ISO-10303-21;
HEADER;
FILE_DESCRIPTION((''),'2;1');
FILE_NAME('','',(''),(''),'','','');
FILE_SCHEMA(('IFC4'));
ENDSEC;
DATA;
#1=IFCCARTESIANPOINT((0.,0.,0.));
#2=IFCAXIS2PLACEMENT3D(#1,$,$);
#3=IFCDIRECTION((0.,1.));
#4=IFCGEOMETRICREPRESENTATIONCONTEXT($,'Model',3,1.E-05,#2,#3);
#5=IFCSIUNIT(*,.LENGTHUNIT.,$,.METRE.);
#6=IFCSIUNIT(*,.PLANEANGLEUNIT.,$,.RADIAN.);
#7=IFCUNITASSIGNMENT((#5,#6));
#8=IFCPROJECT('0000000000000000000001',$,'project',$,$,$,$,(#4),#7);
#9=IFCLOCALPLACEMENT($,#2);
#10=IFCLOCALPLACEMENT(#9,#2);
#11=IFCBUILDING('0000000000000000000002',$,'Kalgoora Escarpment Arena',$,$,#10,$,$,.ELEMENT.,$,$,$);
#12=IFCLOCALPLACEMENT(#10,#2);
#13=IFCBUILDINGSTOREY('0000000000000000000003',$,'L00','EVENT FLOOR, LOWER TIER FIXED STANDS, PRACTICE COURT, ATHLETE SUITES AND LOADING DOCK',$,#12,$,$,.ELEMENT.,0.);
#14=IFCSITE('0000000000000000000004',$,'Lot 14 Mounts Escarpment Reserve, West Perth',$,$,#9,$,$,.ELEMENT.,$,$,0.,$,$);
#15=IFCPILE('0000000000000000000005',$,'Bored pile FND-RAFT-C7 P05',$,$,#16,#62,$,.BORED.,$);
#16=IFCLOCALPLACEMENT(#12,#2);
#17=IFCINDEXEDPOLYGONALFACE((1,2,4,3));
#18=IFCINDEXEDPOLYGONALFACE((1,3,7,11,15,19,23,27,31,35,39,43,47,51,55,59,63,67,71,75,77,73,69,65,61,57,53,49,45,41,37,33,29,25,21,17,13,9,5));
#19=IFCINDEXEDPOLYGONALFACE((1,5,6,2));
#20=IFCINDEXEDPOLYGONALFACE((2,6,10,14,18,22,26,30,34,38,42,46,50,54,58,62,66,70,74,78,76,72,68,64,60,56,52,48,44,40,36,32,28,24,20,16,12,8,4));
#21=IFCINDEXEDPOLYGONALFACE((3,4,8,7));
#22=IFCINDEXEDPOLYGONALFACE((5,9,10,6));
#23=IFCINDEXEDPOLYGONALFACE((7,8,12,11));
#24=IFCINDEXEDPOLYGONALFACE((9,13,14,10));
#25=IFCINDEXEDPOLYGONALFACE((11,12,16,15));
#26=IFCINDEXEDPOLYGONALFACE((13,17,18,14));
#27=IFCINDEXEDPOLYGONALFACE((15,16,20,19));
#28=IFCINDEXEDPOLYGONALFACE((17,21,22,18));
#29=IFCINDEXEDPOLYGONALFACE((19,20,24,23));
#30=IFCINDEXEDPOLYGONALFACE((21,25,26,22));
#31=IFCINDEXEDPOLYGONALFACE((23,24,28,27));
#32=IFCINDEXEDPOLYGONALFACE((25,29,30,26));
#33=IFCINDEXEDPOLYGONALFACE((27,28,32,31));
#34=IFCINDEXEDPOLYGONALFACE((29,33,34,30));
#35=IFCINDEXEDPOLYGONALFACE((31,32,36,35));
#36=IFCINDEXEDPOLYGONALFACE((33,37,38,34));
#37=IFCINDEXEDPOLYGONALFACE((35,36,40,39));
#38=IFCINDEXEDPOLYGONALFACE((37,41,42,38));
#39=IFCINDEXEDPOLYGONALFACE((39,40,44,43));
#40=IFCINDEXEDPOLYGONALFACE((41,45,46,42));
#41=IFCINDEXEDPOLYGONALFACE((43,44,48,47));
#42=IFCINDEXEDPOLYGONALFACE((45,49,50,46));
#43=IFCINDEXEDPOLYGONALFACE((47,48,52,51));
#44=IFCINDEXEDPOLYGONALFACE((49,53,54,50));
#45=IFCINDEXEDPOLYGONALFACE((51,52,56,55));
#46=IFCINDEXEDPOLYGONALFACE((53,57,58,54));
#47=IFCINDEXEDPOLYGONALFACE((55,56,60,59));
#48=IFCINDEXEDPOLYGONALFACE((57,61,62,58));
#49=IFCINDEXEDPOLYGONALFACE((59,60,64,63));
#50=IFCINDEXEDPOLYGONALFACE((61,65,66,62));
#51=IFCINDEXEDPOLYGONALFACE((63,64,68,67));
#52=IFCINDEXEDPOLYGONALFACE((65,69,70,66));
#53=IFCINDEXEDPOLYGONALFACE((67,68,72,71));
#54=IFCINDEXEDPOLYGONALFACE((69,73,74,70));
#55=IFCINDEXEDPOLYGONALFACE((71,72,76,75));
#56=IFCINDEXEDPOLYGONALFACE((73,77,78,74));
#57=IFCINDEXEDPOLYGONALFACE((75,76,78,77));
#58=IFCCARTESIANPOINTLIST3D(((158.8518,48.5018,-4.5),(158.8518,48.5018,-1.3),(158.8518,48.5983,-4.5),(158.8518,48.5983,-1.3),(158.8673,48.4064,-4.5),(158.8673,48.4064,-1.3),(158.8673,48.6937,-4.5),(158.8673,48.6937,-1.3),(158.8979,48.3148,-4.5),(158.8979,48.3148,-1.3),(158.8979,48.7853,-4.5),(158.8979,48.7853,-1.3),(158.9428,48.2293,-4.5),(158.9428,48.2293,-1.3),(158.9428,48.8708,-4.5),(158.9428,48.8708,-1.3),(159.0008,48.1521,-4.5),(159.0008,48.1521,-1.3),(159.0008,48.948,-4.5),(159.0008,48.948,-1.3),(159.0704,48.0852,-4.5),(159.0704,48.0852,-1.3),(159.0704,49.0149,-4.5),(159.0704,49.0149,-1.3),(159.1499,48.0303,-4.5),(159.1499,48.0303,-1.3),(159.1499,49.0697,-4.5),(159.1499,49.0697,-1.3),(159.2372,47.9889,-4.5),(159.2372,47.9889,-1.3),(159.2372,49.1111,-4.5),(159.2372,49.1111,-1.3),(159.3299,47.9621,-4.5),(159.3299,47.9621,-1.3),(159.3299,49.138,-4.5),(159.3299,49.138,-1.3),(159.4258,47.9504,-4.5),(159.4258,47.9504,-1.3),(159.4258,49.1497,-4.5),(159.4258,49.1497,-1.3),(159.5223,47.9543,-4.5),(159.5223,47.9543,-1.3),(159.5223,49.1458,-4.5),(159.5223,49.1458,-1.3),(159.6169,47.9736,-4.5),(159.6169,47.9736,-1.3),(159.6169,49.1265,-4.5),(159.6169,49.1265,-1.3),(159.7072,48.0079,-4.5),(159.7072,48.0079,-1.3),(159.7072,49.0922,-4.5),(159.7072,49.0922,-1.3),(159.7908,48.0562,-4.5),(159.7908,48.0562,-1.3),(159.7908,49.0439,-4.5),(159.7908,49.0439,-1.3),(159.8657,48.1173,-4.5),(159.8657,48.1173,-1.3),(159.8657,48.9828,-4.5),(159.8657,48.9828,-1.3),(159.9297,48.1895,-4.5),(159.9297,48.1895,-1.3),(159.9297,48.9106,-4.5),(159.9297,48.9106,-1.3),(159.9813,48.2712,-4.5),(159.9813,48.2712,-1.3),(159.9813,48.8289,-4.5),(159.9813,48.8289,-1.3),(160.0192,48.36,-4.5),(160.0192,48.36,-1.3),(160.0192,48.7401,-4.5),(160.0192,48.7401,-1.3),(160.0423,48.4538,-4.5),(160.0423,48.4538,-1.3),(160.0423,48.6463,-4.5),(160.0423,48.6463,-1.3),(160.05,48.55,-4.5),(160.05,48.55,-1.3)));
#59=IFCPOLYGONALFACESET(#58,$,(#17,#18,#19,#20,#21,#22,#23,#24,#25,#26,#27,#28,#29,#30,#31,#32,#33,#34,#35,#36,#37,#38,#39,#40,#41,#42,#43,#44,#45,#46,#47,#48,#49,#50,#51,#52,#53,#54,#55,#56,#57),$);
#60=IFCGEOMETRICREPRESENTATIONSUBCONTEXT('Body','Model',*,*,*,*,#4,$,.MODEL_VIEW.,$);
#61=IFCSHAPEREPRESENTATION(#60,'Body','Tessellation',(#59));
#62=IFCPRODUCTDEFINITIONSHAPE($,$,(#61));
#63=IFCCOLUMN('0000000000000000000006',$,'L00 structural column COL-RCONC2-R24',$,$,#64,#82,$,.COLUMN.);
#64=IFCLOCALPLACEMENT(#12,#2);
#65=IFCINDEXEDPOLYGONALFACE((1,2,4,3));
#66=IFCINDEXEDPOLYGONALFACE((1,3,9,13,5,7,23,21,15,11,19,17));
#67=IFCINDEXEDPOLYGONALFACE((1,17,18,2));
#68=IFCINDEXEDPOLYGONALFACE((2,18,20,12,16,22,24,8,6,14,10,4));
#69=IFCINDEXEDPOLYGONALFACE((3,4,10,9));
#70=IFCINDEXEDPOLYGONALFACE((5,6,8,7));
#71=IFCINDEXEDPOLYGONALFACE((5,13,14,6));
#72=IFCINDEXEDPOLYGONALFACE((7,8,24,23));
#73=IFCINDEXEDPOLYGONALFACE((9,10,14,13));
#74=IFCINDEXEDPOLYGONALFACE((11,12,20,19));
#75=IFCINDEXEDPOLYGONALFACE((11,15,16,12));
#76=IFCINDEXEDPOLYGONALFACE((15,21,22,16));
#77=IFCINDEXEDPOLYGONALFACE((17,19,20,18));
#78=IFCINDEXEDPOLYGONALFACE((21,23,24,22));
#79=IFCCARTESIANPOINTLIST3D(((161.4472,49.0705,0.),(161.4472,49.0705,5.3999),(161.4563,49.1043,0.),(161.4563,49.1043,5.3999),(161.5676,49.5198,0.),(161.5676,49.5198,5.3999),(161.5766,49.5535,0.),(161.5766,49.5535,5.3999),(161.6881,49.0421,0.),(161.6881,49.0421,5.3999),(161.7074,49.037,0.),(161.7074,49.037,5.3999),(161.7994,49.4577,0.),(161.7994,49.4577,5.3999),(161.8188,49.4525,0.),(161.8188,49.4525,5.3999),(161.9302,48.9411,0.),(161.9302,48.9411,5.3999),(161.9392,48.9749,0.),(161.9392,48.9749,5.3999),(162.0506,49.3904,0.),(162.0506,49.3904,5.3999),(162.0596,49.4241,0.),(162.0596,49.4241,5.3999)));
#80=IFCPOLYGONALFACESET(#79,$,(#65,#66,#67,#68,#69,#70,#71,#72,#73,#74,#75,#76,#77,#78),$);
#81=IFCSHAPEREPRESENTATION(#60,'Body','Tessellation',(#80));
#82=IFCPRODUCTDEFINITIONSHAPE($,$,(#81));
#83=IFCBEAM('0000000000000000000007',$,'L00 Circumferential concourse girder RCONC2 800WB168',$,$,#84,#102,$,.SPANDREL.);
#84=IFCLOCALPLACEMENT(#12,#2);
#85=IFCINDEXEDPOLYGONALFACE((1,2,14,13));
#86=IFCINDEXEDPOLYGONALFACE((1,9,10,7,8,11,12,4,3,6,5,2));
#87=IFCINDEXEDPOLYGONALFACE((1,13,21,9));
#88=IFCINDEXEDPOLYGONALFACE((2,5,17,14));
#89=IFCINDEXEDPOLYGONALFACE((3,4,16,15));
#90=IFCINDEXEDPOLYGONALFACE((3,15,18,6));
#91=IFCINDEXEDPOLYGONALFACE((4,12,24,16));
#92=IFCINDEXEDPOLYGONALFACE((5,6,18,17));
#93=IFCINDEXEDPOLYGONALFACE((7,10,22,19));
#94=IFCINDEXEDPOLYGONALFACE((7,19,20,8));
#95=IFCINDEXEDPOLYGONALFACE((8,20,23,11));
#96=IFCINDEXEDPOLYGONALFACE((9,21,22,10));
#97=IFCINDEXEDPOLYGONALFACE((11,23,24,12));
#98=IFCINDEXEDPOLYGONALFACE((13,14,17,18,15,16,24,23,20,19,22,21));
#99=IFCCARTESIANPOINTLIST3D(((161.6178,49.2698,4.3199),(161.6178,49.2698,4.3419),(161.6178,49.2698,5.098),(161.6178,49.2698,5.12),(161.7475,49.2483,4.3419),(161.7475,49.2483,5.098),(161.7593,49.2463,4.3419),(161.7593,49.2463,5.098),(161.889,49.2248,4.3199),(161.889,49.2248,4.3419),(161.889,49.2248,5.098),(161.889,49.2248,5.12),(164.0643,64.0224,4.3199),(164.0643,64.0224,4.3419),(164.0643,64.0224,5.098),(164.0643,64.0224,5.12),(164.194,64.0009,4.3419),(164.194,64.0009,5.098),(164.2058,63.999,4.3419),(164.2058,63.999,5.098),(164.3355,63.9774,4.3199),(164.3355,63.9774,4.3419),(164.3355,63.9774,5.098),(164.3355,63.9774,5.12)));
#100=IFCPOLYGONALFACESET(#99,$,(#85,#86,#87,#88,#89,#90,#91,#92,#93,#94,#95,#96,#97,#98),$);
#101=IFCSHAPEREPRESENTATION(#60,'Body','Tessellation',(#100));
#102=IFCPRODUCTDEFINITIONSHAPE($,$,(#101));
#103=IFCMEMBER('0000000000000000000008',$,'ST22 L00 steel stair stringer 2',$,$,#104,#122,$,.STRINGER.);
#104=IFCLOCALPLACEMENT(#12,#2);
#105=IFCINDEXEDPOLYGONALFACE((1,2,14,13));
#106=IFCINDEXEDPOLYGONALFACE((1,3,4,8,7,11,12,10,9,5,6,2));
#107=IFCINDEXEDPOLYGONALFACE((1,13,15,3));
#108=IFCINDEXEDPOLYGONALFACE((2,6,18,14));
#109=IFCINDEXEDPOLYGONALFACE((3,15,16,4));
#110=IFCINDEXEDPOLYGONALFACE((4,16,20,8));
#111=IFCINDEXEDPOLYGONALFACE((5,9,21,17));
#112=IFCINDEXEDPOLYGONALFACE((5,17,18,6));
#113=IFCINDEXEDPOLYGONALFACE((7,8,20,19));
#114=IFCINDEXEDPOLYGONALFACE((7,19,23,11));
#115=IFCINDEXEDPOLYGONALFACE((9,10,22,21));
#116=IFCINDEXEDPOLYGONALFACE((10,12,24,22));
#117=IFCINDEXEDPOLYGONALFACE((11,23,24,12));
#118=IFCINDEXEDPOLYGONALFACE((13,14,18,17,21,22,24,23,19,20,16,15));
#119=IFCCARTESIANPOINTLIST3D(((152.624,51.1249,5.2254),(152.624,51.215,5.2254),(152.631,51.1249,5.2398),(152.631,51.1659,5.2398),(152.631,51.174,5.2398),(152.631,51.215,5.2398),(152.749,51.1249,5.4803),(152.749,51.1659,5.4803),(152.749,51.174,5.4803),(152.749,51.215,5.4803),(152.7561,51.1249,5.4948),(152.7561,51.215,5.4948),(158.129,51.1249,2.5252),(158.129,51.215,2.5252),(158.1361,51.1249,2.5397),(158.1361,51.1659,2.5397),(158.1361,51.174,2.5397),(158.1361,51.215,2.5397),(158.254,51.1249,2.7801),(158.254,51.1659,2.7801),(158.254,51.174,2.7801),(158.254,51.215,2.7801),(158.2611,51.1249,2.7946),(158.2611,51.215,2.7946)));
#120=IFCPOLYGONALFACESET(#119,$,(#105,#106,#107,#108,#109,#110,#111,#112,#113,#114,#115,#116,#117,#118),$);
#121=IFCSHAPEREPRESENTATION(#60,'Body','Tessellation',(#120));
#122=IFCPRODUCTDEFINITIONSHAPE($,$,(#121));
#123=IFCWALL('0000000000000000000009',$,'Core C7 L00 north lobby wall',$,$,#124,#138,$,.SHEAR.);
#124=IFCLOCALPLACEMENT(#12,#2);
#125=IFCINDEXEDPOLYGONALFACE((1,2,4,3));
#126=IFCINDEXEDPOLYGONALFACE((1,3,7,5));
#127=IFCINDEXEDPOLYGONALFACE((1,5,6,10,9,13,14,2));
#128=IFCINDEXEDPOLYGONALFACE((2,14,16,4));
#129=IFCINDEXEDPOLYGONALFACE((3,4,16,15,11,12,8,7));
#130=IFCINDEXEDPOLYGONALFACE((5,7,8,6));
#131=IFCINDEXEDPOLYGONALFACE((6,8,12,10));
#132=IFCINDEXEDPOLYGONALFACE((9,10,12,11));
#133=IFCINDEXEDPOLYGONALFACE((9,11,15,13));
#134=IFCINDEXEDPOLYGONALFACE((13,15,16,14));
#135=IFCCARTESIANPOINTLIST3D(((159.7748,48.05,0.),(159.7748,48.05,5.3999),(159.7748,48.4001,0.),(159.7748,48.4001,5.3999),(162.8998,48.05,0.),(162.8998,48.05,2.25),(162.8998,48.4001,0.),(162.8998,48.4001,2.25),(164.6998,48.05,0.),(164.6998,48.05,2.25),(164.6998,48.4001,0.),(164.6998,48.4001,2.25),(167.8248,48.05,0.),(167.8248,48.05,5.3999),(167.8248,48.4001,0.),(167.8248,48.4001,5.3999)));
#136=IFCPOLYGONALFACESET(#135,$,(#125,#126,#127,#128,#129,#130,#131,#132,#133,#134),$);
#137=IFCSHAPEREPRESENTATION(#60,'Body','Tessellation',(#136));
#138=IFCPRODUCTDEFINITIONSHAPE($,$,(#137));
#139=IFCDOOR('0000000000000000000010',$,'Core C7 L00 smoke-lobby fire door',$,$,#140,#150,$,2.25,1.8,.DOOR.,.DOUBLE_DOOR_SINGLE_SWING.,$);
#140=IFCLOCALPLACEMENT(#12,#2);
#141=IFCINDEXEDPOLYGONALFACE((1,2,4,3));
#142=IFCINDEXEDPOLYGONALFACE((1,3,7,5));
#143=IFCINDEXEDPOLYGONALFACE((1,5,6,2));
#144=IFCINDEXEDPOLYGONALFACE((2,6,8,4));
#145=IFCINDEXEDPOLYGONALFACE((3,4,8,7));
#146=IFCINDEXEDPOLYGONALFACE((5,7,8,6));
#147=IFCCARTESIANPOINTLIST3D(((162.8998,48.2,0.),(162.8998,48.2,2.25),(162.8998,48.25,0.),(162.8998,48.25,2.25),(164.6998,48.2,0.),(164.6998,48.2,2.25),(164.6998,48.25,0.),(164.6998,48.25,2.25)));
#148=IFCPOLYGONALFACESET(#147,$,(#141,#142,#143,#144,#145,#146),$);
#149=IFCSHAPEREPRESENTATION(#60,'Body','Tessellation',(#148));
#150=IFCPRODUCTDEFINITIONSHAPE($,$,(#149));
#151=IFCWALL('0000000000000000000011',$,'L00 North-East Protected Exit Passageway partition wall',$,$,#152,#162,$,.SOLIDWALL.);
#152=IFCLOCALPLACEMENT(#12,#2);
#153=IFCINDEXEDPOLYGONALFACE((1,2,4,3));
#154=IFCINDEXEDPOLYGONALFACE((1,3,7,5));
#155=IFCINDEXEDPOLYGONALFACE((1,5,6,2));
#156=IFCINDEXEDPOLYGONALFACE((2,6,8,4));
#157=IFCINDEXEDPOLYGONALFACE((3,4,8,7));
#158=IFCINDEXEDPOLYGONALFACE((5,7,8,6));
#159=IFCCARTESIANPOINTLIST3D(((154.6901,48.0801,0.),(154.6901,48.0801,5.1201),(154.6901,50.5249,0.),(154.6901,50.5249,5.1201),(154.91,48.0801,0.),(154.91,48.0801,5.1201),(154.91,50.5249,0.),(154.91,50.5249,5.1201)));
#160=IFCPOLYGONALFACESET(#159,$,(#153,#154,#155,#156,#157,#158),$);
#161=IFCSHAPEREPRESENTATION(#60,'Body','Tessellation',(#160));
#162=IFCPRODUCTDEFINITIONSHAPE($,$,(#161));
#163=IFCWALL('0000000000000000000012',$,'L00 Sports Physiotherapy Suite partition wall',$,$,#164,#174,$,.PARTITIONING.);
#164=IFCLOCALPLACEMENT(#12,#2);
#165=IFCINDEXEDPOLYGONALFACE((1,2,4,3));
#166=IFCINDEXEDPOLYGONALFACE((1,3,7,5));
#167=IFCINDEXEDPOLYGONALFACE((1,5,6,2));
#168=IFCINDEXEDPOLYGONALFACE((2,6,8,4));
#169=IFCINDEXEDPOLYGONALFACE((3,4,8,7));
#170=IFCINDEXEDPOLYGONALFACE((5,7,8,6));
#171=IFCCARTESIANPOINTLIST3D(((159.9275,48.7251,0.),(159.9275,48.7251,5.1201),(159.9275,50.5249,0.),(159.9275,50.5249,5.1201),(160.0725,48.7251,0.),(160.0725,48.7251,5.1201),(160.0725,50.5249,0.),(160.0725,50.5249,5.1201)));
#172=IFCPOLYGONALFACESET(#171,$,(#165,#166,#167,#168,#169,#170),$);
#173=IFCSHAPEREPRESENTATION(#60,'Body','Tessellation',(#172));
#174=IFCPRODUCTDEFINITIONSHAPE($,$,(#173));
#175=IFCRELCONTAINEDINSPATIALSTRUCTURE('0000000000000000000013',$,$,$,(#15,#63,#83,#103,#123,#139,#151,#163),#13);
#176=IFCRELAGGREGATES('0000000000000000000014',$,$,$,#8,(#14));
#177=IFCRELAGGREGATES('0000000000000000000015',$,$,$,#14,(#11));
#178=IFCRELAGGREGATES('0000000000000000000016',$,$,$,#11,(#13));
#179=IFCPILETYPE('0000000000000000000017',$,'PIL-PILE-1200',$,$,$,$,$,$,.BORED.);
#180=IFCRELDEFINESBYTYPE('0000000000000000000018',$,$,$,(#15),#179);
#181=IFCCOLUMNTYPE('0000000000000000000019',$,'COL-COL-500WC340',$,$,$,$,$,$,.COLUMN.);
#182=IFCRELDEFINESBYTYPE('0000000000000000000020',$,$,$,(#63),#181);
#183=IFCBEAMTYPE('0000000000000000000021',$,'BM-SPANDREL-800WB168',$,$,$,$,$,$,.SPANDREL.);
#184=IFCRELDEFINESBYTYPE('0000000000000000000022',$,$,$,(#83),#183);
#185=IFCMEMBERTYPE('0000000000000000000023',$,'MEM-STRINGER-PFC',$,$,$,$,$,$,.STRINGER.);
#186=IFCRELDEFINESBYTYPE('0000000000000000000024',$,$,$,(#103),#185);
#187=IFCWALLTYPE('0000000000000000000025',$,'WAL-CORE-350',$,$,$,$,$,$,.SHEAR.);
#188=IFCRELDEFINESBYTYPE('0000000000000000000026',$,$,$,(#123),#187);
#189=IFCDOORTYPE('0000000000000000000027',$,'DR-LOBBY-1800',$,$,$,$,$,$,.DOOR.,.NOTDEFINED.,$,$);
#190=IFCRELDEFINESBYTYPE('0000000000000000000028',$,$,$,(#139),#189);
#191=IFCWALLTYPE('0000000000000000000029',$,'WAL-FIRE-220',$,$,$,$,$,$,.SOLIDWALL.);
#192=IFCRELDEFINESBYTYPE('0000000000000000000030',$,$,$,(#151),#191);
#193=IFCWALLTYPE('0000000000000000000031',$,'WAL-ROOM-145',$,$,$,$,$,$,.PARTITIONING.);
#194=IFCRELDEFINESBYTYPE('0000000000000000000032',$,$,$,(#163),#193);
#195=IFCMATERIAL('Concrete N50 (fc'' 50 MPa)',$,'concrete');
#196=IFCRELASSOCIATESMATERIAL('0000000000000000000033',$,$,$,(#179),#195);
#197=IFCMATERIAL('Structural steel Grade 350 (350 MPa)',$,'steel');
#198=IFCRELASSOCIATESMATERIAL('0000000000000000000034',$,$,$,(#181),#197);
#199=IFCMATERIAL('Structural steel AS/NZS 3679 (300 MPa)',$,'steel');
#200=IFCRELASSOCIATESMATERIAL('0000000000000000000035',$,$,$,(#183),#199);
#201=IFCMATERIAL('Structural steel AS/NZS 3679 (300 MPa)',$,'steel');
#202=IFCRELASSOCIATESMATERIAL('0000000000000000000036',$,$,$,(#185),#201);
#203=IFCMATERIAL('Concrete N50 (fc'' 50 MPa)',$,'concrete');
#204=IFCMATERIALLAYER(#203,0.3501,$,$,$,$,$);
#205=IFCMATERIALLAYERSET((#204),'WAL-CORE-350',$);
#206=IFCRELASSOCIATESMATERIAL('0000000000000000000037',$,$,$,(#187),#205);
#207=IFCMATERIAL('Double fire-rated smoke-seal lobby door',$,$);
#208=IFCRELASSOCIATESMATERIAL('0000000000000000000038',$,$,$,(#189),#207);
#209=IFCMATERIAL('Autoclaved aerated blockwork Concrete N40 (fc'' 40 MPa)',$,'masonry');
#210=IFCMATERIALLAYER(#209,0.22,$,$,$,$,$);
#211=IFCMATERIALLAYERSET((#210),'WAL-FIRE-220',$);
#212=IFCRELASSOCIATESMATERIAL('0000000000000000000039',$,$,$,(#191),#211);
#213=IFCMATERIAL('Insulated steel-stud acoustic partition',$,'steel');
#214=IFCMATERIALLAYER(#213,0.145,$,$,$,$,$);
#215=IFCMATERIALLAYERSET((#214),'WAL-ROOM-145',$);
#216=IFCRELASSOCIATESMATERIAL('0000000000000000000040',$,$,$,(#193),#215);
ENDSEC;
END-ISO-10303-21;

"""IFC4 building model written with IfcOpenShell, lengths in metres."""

from ifc_helpers import new_model, si_unit, direction, frame, frame_2d, origin, origin_2d, place, context, subcontext, project, spatial, rectangle, circle, i_section, extrude, material, layer, layer_set, material_profile, profile_set, type_object, element, fill, save


model = new_model("IFC4")

# Units and contexts
model_context = context("Model", 3, precision=1e-05, world=origin(), true_north=direction((0.0, 1.0)))
body_context = subcontext(model_context, "Body", "Model", "MODEL_VIEW")
ifc_project = project(units=[si_unit("LENGTHUNIT", "METRE"), si_unit("PLANEANGLEUNIT", "RADIAN")], contexts=[model_context])

# Site, building, storey
site_placement = place(None, origin())
site = spatial("IfcSite", under=ifc_project, at=site_placement, Name="Lot 14 Mounts Escarpment Reserve, West Perth", CompositionType="ELEMENT", RefElevation=0.0)
building_placement = place(site_placement, origin())
building = spatial("IfcBuilding", under=site, at=building_placement, Name="Kalgoora Escarpment Arena", CompositionType="ELEMENT")
storey_placement = place(building_placement, origin())
storey = spatial("IfcBuildingStorey", under=building, at=storey_placement, Name="L00", Description="EVENT FLOOR, LOWER TIER FIXED STANDS, PRACTICE COURT, ATHLETE SUITES AND LOADING DOCK", CompositionType="ELEMENT", Elevation=0.0)

# Pile
ifc_material_1 = material(Name="Concrete N50 (fc' 50 MPa)", Category="concrete")
ifc_material_profile_1 = material_profile(ifc_material_1, circle(Radius=0.6001, at=origin_2d()))
ifc_profile_set_1 = profile_set([ifc_material_profile_1], Name="Concrete N50 (fc' 50 MPa)")
pile_type_1 = type_object("IfcPileType", Name="PIL-PILE-1200", PredefinedType="BORED", material=ifc_profile_set_1)
pile_placement = place(storey_placement, frame((159.45, 48.55, -1.3), z_axis=(0.0, 0.0, -1.0), x_axis=(1.0, 0.0, 0.0)))
element("IfcPile", 1, at=pile_placement, inside=storey, type_object=pile_type_1, Name="Bored pile FND-RAFT-C7 P05", PredefinedType="BORED", context=body_context, shape_type="SweptSolid", body=[
    extrude(circle(Radius=0.6001, at=origin_2d()), origin(), (0.0, 0.0, 1.0), 3.2),
])

# Column
ifc_material_2 = material(Name="Structural steel Grade 350 (350 MPa)", Category="steel")
ifc_material_profile_2 = material_profile(ifc_material_2, i_section(OverallWidth=0.5, OverallDepth=0.5, WebThickness=0.02, FlangeThickness=0.0349, at=origin_2d()))
ifc_profile_set_2 = profile_set([ifc_material_profile_2], Name="Structural steel Grade 350 (350 MPa)")
column_type = type_object("IfcColumnType", Name="COL-COL-500WC340", PredefinedType="COLUMN", material=ifc_profile_set_2)
column_placement = place(storey_placement, frame((161.7534, 49.2473, 0.0), z_axis=(0.0, 0.0, 1.0), x_axis=(0.965926, -0.258819, 0.0)))
element("IfcColumn", 2, at=column_placement, inside=storey, type_object=column_type, Name="L00 structural column COL-RCONC2-R24", PredefinedType="COLUMN", context=body_context, shape_type="SweptSolid", body=[
    extrude(i_section(OverallWidth=0.5, OverallDepth=0.5, WebThickness=0.02, FlangeThickness=0.0349, at=origin_2d()), origin(), (0.0, 0.0, 1.0), 5.3999),
])

# Beam
ifc_material_3 = material(Name="Structural steel AS/NZS 3679 (300 MPa)", Category="steel")
ifc_material_profile_3 = material_profile(ifc_material_3, i_section(OverallWidth=0.2749, OverallDepth=0.8, WebThickness=0.012, FlangeThickness=0.022, at=origin_2d()))
ifc_profile_set_3 = profile_set([ifc_material_profile_3], Name="Structural steel AS/NZS 3679 (300 MPa)")
beam_type = type_object("IfcBeamType", Name="BM-SPANDREL-800WB168", PredefinedType="SPANDREL", material=ifc_profile_set_3)
beam_placement = place(storey_placement, frame((161.7534, 49.2473, 4.72), z_axis=(0.163602, 0.986526, 0.0), x_axis=(-0.986526, 0.163602, 0.0)))
element("IfcBeam", 3, at=beam_placement, inside=storey, type_object=beam_type, Name="L00 Circumferential concourse girder RCONC2 800WB168", PredefinedType="SPANDREL", context=body_context, shape_type="SweptSolid", body=[
    extrude(i_section(OverallWidth=0.2749, OverallDepth=0.8, WebThickness=0.012, FlangeThickness=0.022, at=origin_2d()), origin(), (0.0, 0.0, 1.0), 14.9541),
])

# Member
ifc_material_4 = material(Name="Structural steel AS/NZS 3679 (300 MPa)", Category="steel")
ifc_material_profile_4 = material_profile(ifc_material_4, i_section(OverallWidth=0.0901, OverallDepth=0.3, WebThickness=0.0081, FlangeThickness=0.0161, at=origin_2d()))
ifc_profile_set_4 = profile_set([ifc_material_profile_4], Name="Structural steel AS/NZS 3679 (300 MPa)")
member_type = type_object("IfcMemberType", Name="MEM-STRINGER-PFC", PredefinedType="STRINGER", material=ifc_profile_set_4)
member_placement = place(storey_placement, frame((158.1951, 51.1699, 2.6599), z_axis=(-0.897817, 0.0, 0.440368), x_axis=(0.0, -1.0, 0.0)))
element("IfcMember", 4, at=member_placement, inside=storey, type_object=member_type, Name="ST22 L00 steel stair stringer 2", PredefinedType="STRINGER", context=body_context, shape_type="SweptSolid", body=[
    extrude(i_section(OverallWidth=0.0901, OverallDepth=0.3, WebThickness=0.0081, FlangeThickness=0.0161, at=origin_2d()), origin(), (0.0, 0.0, 1.0), 6.1316),
])

# Wall, opening, door
ifc_material_5 = material(Name="Concrete N50 (fc' 50 MPa)", Category="concrete")
ifc_layer_1 = layer(ifc_material_5, 0.3501)
ifc_layer_set_1 = layer_set([ifc_layer_1], Name="WAL-CORE-350")
wall_type_1 = type_object("IfcWallType", Name="WAL-CORE-350", PredefinedType="SHEAR", material=ifc_layer_set_1)
wall_1_placement = place(storey_placement, frame((159.7749, 48.2251, 0.0), z_axis=(0.0, 0.0, 1.0), x_axis=(1.0, 0.0, 0.0)))
wall_1 = element("IfcWall", 5, at=wall_1_placement, inside=storey, type_object=wall_type_1, Name="Core C7 L00 north lobby wall", PredefinedType="SHEAR", context=body_context, shape_type="SweptSolid", body=[
    extrude(rectangle(XDim=8.05, YDim=0.3501, at=frame_2d((4.0249, 0.0))), origin(), (0.0, 0.0, 1.0), 5.3999),
])
opening_placement = place(wall_1_placement, frame((3.125, 0.0, 0.0)))
opening = element("IfcOpeningElement", 6, at=opening_placement, cuts=wall_1, PredefinedType="OPENING", context=body_context, shape_type="SweptSolid", body=[
    extrude(rectangle(XDim=1.8, YDim=2.25, at=frame_2d((0.8999, 1.125))), frame((0.0, 0.1851, 0.0), z_axis=(0.0, -1.0, 0.0), x_axis=(1.0, 0.0, 0.0)), (0.0, 0.0, 1.0), 0.3701),
])
ifc_material_6 = material(Name="Double fire-rated smoke-seal lobby door")
door_type = type_object("IfcDoorType", Name="DR-LOBBY-1800", OperationType="NOTDEFINED", PredefinedType="DOOR", material=ifc_material_6)
door_placement = place(opening_placement, origin())
door = element("IfcDoor", 7, at=door_placement, inside=storey, type_object=door_type, Name="Core C7 L00 smoke-lobby fire door", OperationType="DOUBLE_DOOR_SINGLE_SWING", OverallHeight=2.25, OverallWidth=1.8, PredefinedType="DOOR", context=body_context, shape_type="SweptSolid", body=[
    extrude(rectangle(XDim=1.8, YDim=2.25, at=frame_2d((0.8999, 1.125))), frame((0.0, 0.0249, 0.0), z_axis=(0.0, -1.0, 0.0), x_axis=(1.0, 0.0, 0.0)), (0.0, 0.0, 1.0), 0.05),
])
fill(opening, door)

# Walls
ifc_material_7 = material(Name="Autoclaved aerated blockwork Concrete N40 (fc' 40 MPa)", Category="masonry")
ifc_layer_2 = layer(ifc_material_7, 0.22)
ifc_layer_set_2 = layer_set([ifc_layer_2], Name="WAL-FIRE-220")
wall_type_2 = type_object("IfcWallType", Name="WAL-FIRE-220", PredefinedType="SOLIDWALL", material=ifc_layer_set_2)
wall_2_placement = place(storey_placement, frame((154.8, 50.5249, 0.0), z_axis=(0.0, 0.0, 1.0), x_axis=(0.0, -1.0, 0.0)))
element("IfcWall", 8, at=wall_2_placement, inside=storey, type_object=wall_type_2, Name="L00 North-East Protected Exit Passageway partition wall", PredefinedType="SOLIDWALL", context=body_context, shape_type="SweptSolid", body=[
    extrude(rectangle(XDim=2.4448, YDim=0.22, at=frame_2d((1.2224, 0.0))), origin(), (0.0, 0.0, 1.0), 5.1201),
])
ifc_material_8 = material(Name="Insulated steel-stud acoustic partition", Category="steel")
ifc_layer_3 = layer(ifc_material_8, 0.145)
ifc_layer_set_3 = layer_set([ifc_layer_3], Name="WAL-ROOM-145")
wall_type_3 = type_object("IfcWallType", Name="WAL-ROOM-145", PredefinedType="PARTITIONING", material=ifc_layer_set_3)
wall_3_placement = place(storey_placement, frame((160.0, 48.7251, 0.0), z_axis=(0.0, 0.0, 1.0), x_axis=(0.0, 1.0, 0.0)))
element("IfcWall", 9, at=wall_3_placement, inside=storey, type_object=wall_type_3, Name="L00 Sports Physiotherapy Suite partition wall", PredefinedType="PARTITIONING", context=body_context, shape_type="SweptSolid", body=[
    extrude(rectangle(XDim=1.7998, YDim=0.145, at=frame_2d((0.8999, 0.0))), origin(), (0.0, 0.0, 1.0), 5.1201),
])

save(model, "model.ifc")
